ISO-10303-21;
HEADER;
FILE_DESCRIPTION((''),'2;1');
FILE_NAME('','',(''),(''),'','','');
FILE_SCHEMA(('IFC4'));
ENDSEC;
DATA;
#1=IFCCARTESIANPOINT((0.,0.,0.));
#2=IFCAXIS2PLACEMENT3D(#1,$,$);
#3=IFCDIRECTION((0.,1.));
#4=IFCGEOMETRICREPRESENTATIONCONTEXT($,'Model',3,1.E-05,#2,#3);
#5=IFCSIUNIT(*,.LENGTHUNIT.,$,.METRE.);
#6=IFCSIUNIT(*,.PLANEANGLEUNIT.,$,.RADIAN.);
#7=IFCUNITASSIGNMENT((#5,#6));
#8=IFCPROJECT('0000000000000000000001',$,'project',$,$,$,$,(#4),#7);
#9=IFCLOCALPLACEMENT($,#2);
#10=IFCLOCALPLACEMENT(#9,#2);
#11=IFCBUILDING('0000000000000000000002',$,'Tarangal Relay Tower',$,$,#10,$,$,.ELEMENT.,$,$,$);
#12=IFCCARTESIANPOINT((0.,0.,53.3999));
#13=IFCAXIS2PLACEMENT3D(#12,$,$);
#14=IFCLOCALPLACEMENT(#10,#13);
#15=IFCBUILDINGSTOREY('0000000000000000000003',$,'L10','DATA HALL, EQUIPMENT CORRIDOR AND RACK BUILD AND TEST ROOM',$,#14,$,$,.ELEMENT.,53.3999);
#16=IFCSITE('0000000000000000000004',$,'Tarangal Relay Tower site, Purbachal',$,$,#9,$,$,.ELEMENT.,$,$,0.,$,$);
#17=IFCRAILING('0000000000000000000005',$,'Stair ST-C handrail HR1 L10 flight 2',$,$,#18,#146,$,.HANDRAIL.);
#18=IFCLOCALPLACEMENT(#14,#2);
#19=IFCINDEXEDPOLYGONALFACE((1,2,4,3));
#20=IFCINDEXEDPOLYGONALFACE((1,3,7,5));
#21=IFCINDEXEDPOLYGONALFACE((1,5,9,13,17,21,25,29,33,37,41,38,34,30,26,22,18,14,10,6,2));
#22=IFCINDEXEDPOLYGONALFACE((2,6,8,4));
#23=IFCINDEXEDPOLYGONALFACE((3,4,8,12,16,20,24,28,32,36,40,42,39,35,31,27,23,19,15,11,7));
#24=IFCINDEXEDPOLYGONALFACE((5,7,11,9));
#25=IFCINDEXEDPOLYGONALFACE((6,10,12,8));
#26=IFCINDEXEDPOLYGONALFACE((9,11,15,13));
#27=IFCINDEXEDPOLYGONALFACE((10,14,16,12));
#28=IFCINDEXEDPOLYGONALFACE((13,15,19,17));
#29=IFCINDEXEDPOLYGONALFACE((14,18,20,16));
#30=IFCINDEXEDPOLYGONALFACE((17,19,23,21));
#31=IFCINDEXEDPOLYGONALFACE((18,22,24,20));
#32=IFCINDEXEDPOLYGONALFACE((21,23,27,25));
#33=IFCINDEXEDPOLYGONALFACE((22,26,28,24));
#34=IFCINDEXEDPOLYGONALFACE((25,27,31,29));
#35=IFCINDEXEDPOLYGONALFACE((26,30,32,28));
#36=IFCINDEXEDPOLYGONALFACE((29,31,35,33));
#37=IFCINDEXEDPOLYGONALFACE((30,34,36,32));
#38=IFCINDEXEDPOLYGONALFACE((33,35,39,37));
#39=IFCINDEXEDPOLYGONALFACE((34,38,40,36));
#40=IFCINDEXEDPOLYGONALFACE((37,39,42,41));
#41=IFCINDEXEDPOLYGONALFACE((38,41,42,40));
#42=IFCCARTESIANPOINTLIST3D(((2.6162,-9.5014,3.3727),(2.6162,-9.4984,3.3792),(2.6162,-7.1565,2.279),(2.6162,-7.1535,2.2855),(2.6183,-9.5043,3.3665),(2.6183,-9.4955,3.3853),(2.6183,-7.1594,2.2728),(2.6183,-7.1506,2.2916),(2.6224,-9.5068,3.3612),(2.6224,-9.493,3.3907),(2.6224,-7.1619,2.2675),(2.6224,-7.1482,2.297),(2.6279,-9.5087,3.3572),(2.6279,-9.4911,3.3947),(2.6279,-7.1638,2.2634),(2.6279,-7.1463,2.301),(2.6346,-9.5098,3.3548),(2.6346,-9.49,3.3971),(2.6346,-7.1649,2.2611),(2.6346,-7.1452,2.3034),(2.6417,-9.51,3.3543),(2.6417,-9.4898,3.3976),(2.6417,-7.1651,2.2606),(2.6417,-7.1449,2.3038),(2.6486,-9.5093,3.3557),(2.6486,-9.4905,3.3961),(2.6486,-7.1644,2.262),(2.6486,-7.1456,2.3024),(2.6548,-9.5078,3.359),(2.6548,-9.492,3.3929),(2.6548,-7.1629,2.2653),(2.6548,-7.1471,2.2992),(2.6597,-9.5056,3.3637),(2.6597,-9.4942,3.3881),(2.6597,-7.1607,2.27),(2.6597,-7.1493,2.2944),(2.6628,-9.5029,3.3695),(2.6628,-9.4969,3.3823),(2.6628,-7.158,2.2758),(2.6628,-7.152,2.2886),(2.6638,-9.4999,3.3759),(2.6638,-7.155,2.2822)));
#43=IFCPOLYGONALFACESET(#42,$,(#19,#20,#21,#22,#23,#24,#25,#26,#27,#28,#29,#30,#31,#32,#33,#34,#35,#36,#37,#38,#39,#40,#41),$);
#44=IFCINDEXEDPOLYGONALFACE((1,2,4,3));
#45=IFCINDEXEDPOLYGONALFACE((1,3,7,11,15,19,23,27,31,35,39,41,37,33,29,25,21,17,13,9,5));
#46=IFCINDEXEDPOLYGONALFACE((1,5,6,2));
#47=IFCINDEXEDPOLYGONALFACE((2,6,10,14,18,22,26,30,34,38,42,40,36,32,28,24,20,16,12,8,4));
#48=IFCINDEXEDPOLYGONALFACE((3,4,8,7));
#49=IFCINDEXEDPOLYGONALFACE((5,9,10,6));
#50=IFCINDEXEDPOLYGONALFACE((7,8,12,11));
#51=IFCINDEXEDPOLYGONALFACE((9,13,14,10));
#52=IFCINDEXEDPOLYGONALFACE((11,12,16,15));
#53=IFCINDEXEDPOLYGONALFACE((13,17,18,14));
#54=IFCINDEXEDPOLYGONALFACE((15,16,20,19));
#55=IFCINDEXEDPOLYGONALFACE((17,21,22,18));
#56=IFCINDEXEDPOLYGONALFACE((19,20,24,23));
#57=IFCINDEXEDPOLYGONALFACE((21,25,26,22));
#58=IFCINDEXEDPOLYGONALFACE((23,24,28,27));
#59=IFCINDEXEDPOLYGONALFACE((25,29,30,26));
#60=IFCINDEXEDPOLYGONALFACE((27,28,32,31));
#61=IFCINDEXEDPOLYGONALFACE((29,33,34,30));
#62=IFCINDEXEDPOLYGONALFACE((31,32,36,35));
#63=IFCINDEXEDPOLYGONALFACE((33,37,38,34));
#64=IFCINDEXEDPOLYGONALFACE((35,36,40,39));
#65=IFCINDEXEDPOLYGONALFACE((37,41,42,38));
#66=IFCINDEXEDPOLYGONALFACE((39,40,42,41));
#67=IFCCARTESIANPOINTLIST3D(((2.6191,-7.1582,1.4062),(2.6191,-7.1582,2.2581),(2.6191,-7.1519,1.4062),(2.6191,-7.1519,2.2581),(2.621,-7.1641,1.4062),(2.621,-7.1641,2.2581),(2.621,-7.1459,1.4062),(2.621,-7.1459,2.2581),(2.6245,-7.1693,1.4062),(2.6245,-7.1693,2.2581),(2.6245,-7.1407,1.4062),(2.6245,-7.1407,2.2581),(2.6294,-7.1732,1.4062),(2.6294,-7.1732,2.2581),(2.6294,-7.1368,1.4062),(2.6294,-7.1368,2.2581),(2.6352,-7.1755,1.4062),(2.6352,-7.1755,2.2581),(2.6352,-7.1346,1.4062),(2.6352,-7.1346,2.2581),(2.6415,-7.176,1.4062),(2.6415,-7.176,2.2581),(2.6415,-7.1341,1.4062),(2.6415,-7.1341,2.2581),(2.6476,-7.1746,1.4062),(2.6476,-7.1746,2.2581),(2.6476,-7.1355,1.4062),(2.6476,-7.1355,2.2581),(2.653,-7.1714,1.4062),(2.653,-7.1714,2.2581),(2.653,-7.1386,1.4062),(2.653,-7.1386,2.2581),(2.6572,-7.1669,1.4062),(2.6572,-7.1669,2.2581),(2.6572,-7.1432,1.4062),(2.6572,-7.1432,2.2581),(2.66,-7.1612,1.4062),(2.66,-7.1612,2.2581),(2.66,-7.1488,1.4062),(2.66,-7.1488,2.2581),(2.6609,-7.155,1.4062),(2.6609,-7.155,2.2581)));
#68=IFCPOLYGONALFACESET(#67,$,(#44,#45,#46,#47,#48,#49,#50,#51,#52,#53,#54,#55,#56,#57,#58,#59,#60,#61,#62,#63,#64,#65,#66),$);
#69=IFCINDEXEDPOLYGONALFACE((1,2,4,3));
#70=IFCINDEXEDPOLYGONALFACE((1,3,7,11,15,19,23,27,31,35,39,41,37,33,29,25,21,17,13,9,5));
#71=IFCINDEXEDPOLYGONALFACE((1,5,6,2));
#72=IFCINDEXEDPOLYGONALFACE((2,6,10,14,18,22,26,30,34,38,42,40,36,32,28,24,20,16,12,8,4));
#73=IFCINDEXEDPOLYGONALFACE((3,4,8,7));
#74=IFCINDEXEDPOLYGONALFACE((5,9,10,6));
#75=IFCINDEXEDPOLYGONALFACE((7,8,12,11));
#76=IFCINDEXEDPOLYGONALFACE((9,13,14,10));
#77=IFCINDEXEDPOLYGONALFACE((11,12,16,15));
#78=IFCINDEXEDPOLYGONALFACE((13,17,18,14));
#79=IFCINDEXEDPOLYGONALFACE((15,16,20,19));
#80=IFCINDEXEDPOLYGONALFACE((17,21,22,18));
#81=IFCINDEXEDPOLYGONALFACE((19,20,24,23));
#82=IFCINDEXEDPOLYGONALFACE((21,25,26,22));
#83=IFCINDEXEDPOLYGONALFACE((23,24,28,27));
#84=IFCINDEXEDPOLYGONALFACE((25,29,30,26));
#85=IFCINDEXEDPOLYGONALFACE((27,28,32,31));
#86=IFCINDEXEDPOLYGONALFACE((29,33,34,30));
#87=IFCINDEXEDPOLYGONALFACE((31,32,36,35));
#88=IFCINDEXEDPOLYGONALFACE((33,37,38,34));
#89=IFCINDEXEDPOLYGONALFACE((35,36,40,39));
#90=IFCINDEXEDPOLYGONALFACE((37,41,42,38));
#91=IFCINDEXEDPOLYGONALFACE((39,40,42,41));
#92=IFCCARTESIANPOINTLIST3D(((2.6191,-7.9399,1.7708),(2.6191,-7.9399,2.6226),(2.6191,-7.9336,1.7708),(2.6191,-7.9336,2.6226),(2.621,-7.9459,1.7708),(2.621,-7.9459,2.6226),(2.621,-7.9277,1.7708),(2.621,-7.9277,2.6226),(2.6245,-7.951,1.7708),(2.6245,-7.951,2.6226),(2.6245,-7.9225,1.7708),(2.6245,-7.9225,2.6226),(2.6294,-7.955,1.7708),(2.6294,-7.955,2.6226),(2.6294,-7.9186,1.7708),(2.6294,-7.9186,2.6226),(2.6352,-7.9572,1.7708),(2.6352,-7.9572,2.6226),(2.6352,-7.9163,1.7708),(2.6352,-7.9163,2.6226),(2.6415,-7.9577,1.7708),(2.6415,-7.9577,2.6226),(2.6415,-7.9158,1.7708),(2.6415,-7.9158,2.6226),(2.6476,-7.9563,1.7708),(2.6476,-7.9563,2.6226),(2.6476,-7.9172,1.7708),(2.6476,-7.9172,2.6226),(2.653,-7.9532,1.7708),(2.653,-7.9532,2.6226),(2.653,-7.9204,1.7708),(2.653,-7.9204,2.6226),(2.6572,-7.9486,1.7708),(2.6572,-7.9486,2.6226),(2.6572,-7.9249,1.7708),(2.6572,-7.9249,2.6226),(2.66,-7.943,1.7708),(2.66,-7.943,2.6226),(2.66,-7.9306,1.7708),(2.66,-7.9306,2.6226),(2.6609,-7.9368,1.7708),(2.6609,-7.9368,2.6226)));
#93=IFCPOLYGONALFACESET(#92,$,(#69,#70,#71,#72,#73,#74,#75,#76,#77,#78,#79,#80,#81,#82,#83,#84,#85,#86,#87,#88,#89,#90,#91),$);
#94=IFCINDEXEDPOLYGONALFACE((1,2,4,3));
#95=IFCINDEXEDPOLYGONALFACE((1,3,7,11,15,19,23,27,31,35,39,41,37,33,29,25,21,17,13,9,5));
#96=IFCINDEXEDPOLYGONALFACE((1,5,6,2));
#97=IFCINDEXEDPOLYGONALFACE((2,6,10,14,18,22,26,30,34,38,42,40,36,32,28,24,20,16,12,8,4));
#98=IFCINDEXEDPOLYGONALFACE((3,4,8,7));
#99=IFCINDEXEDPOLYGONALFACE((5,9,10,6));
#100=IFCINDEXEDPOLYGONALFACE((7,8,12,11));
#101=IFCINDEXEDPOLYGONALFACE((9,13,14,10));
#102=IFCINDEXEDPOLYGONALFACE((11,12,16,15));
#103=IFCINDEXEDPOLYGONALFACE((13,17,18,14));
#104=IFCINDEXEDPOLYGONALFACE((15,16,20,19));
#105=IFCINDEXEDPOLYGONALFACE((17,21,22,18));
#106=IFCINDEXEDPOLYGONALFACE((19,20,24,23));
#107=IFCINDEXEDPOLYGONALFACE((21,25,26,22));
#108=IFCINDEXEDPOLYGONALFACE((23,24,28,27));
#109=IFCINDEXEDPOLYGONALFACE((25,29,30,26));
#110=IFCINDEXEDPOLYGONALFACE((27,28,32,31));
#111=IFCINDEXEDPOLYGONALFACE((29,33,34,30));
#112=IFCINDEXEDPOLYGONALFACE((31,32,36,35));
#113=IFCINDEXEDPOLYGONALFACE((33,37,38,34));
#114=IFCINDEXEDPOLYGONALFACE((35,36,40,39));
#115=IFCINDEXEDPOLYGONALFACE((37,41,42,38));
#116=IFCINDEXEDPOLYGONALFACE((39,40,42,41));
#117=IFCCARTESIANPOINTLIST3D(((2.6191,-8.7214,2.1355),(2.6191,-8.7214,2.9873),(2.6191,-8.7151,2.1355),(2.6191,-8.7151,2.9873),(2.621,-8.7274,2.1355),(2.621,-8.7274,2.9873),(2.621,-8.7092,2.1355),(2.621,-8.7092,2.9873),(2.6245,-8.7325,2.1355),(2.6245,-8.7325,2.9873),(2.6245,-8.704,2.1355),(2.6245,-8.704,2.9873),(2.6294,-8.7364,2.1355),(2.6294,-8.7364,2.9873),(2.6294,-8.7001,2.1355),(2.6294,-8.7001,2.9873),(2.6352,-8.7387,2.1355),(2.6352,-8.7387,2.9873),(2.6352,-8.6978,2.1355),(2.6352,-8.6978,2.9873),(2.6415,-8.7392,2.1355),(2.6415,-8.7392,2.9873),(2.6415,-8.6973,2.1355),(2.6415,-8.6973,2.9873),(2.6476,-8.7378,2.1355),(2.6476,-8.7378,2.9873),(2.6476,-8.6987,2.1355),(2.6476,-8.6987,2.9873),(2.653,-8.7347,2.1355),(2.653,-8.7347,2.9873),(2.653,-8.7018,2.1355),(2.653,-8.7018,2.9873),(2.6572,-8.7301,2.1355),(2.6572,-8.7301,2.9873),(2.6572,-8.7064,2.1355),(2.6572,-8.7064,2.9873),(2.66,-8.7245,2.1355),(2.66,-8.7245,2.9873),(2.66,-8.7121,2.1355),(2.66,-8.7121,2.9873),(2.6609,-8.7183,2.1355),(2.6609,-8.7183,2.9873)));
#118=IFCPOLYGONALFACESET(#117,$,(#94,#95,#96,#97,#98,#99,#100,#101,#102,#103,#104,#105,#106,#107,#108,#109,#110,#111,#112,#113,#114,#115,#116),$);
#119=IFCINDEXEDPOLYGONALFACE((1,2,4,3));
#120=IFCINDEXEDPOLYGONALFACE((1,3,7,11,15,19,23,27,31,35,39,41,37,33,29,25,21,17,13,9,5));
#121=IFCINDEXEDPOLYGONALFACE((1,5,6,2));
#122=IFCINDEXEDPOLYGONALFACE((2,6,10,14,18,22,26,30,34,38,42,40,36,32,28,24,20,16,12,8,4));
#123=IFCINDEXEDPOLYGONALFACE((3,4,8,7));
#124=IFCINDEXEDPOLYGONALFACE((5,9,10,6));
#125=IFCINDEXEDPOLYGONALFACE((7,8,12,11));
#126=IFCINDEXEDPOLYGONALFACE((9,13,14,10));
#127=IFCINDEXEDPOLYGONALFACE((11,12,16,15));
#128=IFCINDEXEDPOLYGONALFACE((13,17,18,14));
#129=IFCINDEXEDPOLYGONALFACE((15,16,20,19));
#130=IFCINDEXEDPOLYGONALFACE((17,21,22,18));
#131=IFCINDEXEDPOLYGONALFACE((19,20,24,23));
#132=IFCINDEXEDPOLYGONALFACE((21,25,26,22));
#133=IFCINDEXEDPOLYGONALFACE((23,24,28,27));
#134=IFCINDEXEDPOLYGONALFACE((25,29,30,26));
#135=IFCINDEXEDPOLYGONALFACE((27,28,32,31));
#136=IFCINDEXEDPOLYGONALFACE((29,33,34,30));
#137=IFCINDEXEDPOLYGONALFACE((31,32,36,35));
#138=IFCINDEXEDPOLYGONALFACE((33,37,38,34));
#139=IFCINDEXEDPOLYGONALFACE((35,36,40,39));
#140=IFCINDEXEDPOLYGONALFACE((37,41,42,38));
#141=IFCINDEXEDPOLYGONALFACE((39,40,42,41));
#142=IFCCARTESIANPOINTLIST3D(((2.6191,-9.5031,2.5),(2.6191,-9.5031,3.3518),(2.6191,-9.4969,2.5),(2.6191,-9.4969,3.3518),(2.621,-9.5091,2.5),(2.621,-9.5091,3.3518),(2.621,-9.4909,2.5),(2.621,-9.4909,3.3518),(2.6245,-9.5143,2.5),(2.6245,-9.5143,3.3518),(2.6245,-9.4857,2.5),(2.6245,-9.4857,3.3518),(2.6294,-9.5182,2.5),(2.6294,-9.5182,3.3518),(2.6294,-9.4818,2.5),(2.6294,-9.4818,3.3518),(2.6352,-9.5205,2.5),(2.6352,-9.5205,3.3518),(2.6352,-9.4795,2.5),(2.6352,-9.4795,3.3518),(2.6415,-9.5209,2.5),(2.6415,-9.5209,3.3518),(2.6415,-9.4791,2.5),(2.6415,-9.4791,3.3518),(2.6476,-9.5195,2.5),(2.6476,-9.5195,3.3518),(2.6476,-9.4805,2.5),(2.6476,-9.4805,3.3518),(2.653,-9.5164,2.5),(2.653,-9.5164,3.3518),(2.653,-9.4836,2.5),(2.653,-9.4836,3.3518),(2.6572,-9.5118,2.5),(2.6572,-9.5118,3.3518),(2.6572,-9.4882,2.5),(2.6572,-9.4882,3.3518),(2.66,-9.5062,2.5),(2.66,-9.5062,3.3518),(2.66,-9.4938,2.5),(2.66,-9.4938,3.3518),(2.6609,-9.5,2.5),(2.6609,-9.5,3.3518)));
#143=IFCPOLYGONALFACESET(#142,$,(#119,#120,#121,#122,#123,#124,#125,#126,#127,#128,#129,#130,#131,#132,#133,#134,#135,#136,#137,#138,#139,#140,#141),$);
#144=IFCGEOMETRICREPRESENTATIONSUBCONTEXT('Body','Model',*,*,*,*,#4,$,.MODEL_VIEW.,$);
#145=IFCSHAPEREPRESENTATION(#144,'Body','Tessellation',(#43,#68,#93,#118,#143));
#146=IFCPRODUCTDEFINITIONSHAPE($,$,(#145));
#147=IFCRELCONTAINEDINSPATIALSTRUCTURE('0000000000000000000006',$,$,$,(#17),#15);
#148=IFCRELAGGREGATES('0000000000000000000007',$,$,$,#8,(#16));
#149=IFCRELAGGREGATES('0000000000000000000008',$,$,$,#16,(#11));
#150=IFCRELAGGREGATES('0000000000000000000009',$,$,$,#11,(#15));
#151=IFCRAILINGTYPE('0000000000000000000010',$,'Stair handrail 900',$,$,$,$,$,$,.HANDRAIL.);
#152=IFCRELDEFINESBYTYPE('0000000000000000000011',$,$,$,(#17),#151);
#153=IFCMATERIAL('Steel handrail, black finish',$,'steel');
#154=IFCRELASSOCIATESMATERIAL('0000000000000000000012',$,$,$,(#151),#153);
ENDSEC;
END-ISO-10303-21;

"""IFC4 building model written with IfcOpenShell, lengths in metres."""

from ifc_helpers import new_model, si_unit, direction, frame, origin, origin_2d, place, context, subcontext, project, spatial, circle, extrude, material, type_object, element, save


model = new_model("IFC4")

# Units and contexts
model_context = context("Model", 3, precision=1e-05, world=origin(), true_north=direction((0.0, 1.0)))
body_context = subcontext(model_context, "Body", "Model", "MODEL_VIEW")
ifc_project = project(units=[si_unit("LENGTHUNIT", "METRE"), si_unit("PLANEANGLEUNIT", "RADIAN")], contexts=[model_context])

# Site, building, storey
site_placement = place(None, origin())
site = spatial("IfcSite", under=ifc_project, at=site_placement, Name="Tarangal Relay Tower site, Purbachal", CompositionType="ELEMENT", RefElevation=0.0)
building_placement = place(site_placement, origin())
building = spatial("IfcBuilding", under=site, at=building_placement, Name="Tarangal Relay Tower", CompositionType="ELEMENT")
storey_placement = place(building_placement, frame((0.0, 0.0, 53.3999)))
storey = spatial("IfcBuildingStorey", under=building, at=storey_placement, Name="L10", Description="DATA HALL, EQUIPMENT CORRIDOR AND RACK BUILD AND TEST ROOM", CompositionType="ELEMENT", Elevation=53.3999)

# Railing
ifc_material_1 = material(Name="Steel handrail, black finish", Category="steel")
railing_type_1 = type_object("IfcRailingType", Name="Stair handrail 900", PredefinedType="HANDRAIL", material=ifc_material_1)
for number, where, name in (
    (1, (2.6399, -7.155, 1.4062), "Stair ST-C handrail HR1 L10 flight 2"),
):
    element("IfcRailing", number, at=place(storey_placement, frame(where)), inside=storey, type_object=railing_type_1, Name=name, PredefinedType="HANDRAIL", context=body_context, shape_type="SweptSolid", body=[
        extrude(circle(Radius=0.0239, at=origin_2d()), frame((0.0, 0.0, 0.876), z_axis=(0.0, -0.906267, 0.422705), x_axis=(1.0, 0.0, 0.0)), (0.0, 0.0, 1.0), 2.5874),
        extrude(circle(Radius=0.021, at=origin_2d()), origin(), (0.0, 0.0, 1.0), 0.8518),
        extrude(circle(Radius=0.021, at=origin_2d()), frame((0.0, -0.7817, 0.3645)), (0.0, 0.0, 1.0), 0.8518),
        extrude(circle(Radius=0.021, at=origin_2d()), frame((0.0, -1.5632, 0.7292)), (0.0, 0.0, 1.0), 0.8518),
        extrude(circle(Radius=0.021, at=origin_2d()), frame((0.0, -2.345, 1.0938)), (0.0, 0.0, 1.0), 0.8518),
    ])

save(model, "model.ifc")
